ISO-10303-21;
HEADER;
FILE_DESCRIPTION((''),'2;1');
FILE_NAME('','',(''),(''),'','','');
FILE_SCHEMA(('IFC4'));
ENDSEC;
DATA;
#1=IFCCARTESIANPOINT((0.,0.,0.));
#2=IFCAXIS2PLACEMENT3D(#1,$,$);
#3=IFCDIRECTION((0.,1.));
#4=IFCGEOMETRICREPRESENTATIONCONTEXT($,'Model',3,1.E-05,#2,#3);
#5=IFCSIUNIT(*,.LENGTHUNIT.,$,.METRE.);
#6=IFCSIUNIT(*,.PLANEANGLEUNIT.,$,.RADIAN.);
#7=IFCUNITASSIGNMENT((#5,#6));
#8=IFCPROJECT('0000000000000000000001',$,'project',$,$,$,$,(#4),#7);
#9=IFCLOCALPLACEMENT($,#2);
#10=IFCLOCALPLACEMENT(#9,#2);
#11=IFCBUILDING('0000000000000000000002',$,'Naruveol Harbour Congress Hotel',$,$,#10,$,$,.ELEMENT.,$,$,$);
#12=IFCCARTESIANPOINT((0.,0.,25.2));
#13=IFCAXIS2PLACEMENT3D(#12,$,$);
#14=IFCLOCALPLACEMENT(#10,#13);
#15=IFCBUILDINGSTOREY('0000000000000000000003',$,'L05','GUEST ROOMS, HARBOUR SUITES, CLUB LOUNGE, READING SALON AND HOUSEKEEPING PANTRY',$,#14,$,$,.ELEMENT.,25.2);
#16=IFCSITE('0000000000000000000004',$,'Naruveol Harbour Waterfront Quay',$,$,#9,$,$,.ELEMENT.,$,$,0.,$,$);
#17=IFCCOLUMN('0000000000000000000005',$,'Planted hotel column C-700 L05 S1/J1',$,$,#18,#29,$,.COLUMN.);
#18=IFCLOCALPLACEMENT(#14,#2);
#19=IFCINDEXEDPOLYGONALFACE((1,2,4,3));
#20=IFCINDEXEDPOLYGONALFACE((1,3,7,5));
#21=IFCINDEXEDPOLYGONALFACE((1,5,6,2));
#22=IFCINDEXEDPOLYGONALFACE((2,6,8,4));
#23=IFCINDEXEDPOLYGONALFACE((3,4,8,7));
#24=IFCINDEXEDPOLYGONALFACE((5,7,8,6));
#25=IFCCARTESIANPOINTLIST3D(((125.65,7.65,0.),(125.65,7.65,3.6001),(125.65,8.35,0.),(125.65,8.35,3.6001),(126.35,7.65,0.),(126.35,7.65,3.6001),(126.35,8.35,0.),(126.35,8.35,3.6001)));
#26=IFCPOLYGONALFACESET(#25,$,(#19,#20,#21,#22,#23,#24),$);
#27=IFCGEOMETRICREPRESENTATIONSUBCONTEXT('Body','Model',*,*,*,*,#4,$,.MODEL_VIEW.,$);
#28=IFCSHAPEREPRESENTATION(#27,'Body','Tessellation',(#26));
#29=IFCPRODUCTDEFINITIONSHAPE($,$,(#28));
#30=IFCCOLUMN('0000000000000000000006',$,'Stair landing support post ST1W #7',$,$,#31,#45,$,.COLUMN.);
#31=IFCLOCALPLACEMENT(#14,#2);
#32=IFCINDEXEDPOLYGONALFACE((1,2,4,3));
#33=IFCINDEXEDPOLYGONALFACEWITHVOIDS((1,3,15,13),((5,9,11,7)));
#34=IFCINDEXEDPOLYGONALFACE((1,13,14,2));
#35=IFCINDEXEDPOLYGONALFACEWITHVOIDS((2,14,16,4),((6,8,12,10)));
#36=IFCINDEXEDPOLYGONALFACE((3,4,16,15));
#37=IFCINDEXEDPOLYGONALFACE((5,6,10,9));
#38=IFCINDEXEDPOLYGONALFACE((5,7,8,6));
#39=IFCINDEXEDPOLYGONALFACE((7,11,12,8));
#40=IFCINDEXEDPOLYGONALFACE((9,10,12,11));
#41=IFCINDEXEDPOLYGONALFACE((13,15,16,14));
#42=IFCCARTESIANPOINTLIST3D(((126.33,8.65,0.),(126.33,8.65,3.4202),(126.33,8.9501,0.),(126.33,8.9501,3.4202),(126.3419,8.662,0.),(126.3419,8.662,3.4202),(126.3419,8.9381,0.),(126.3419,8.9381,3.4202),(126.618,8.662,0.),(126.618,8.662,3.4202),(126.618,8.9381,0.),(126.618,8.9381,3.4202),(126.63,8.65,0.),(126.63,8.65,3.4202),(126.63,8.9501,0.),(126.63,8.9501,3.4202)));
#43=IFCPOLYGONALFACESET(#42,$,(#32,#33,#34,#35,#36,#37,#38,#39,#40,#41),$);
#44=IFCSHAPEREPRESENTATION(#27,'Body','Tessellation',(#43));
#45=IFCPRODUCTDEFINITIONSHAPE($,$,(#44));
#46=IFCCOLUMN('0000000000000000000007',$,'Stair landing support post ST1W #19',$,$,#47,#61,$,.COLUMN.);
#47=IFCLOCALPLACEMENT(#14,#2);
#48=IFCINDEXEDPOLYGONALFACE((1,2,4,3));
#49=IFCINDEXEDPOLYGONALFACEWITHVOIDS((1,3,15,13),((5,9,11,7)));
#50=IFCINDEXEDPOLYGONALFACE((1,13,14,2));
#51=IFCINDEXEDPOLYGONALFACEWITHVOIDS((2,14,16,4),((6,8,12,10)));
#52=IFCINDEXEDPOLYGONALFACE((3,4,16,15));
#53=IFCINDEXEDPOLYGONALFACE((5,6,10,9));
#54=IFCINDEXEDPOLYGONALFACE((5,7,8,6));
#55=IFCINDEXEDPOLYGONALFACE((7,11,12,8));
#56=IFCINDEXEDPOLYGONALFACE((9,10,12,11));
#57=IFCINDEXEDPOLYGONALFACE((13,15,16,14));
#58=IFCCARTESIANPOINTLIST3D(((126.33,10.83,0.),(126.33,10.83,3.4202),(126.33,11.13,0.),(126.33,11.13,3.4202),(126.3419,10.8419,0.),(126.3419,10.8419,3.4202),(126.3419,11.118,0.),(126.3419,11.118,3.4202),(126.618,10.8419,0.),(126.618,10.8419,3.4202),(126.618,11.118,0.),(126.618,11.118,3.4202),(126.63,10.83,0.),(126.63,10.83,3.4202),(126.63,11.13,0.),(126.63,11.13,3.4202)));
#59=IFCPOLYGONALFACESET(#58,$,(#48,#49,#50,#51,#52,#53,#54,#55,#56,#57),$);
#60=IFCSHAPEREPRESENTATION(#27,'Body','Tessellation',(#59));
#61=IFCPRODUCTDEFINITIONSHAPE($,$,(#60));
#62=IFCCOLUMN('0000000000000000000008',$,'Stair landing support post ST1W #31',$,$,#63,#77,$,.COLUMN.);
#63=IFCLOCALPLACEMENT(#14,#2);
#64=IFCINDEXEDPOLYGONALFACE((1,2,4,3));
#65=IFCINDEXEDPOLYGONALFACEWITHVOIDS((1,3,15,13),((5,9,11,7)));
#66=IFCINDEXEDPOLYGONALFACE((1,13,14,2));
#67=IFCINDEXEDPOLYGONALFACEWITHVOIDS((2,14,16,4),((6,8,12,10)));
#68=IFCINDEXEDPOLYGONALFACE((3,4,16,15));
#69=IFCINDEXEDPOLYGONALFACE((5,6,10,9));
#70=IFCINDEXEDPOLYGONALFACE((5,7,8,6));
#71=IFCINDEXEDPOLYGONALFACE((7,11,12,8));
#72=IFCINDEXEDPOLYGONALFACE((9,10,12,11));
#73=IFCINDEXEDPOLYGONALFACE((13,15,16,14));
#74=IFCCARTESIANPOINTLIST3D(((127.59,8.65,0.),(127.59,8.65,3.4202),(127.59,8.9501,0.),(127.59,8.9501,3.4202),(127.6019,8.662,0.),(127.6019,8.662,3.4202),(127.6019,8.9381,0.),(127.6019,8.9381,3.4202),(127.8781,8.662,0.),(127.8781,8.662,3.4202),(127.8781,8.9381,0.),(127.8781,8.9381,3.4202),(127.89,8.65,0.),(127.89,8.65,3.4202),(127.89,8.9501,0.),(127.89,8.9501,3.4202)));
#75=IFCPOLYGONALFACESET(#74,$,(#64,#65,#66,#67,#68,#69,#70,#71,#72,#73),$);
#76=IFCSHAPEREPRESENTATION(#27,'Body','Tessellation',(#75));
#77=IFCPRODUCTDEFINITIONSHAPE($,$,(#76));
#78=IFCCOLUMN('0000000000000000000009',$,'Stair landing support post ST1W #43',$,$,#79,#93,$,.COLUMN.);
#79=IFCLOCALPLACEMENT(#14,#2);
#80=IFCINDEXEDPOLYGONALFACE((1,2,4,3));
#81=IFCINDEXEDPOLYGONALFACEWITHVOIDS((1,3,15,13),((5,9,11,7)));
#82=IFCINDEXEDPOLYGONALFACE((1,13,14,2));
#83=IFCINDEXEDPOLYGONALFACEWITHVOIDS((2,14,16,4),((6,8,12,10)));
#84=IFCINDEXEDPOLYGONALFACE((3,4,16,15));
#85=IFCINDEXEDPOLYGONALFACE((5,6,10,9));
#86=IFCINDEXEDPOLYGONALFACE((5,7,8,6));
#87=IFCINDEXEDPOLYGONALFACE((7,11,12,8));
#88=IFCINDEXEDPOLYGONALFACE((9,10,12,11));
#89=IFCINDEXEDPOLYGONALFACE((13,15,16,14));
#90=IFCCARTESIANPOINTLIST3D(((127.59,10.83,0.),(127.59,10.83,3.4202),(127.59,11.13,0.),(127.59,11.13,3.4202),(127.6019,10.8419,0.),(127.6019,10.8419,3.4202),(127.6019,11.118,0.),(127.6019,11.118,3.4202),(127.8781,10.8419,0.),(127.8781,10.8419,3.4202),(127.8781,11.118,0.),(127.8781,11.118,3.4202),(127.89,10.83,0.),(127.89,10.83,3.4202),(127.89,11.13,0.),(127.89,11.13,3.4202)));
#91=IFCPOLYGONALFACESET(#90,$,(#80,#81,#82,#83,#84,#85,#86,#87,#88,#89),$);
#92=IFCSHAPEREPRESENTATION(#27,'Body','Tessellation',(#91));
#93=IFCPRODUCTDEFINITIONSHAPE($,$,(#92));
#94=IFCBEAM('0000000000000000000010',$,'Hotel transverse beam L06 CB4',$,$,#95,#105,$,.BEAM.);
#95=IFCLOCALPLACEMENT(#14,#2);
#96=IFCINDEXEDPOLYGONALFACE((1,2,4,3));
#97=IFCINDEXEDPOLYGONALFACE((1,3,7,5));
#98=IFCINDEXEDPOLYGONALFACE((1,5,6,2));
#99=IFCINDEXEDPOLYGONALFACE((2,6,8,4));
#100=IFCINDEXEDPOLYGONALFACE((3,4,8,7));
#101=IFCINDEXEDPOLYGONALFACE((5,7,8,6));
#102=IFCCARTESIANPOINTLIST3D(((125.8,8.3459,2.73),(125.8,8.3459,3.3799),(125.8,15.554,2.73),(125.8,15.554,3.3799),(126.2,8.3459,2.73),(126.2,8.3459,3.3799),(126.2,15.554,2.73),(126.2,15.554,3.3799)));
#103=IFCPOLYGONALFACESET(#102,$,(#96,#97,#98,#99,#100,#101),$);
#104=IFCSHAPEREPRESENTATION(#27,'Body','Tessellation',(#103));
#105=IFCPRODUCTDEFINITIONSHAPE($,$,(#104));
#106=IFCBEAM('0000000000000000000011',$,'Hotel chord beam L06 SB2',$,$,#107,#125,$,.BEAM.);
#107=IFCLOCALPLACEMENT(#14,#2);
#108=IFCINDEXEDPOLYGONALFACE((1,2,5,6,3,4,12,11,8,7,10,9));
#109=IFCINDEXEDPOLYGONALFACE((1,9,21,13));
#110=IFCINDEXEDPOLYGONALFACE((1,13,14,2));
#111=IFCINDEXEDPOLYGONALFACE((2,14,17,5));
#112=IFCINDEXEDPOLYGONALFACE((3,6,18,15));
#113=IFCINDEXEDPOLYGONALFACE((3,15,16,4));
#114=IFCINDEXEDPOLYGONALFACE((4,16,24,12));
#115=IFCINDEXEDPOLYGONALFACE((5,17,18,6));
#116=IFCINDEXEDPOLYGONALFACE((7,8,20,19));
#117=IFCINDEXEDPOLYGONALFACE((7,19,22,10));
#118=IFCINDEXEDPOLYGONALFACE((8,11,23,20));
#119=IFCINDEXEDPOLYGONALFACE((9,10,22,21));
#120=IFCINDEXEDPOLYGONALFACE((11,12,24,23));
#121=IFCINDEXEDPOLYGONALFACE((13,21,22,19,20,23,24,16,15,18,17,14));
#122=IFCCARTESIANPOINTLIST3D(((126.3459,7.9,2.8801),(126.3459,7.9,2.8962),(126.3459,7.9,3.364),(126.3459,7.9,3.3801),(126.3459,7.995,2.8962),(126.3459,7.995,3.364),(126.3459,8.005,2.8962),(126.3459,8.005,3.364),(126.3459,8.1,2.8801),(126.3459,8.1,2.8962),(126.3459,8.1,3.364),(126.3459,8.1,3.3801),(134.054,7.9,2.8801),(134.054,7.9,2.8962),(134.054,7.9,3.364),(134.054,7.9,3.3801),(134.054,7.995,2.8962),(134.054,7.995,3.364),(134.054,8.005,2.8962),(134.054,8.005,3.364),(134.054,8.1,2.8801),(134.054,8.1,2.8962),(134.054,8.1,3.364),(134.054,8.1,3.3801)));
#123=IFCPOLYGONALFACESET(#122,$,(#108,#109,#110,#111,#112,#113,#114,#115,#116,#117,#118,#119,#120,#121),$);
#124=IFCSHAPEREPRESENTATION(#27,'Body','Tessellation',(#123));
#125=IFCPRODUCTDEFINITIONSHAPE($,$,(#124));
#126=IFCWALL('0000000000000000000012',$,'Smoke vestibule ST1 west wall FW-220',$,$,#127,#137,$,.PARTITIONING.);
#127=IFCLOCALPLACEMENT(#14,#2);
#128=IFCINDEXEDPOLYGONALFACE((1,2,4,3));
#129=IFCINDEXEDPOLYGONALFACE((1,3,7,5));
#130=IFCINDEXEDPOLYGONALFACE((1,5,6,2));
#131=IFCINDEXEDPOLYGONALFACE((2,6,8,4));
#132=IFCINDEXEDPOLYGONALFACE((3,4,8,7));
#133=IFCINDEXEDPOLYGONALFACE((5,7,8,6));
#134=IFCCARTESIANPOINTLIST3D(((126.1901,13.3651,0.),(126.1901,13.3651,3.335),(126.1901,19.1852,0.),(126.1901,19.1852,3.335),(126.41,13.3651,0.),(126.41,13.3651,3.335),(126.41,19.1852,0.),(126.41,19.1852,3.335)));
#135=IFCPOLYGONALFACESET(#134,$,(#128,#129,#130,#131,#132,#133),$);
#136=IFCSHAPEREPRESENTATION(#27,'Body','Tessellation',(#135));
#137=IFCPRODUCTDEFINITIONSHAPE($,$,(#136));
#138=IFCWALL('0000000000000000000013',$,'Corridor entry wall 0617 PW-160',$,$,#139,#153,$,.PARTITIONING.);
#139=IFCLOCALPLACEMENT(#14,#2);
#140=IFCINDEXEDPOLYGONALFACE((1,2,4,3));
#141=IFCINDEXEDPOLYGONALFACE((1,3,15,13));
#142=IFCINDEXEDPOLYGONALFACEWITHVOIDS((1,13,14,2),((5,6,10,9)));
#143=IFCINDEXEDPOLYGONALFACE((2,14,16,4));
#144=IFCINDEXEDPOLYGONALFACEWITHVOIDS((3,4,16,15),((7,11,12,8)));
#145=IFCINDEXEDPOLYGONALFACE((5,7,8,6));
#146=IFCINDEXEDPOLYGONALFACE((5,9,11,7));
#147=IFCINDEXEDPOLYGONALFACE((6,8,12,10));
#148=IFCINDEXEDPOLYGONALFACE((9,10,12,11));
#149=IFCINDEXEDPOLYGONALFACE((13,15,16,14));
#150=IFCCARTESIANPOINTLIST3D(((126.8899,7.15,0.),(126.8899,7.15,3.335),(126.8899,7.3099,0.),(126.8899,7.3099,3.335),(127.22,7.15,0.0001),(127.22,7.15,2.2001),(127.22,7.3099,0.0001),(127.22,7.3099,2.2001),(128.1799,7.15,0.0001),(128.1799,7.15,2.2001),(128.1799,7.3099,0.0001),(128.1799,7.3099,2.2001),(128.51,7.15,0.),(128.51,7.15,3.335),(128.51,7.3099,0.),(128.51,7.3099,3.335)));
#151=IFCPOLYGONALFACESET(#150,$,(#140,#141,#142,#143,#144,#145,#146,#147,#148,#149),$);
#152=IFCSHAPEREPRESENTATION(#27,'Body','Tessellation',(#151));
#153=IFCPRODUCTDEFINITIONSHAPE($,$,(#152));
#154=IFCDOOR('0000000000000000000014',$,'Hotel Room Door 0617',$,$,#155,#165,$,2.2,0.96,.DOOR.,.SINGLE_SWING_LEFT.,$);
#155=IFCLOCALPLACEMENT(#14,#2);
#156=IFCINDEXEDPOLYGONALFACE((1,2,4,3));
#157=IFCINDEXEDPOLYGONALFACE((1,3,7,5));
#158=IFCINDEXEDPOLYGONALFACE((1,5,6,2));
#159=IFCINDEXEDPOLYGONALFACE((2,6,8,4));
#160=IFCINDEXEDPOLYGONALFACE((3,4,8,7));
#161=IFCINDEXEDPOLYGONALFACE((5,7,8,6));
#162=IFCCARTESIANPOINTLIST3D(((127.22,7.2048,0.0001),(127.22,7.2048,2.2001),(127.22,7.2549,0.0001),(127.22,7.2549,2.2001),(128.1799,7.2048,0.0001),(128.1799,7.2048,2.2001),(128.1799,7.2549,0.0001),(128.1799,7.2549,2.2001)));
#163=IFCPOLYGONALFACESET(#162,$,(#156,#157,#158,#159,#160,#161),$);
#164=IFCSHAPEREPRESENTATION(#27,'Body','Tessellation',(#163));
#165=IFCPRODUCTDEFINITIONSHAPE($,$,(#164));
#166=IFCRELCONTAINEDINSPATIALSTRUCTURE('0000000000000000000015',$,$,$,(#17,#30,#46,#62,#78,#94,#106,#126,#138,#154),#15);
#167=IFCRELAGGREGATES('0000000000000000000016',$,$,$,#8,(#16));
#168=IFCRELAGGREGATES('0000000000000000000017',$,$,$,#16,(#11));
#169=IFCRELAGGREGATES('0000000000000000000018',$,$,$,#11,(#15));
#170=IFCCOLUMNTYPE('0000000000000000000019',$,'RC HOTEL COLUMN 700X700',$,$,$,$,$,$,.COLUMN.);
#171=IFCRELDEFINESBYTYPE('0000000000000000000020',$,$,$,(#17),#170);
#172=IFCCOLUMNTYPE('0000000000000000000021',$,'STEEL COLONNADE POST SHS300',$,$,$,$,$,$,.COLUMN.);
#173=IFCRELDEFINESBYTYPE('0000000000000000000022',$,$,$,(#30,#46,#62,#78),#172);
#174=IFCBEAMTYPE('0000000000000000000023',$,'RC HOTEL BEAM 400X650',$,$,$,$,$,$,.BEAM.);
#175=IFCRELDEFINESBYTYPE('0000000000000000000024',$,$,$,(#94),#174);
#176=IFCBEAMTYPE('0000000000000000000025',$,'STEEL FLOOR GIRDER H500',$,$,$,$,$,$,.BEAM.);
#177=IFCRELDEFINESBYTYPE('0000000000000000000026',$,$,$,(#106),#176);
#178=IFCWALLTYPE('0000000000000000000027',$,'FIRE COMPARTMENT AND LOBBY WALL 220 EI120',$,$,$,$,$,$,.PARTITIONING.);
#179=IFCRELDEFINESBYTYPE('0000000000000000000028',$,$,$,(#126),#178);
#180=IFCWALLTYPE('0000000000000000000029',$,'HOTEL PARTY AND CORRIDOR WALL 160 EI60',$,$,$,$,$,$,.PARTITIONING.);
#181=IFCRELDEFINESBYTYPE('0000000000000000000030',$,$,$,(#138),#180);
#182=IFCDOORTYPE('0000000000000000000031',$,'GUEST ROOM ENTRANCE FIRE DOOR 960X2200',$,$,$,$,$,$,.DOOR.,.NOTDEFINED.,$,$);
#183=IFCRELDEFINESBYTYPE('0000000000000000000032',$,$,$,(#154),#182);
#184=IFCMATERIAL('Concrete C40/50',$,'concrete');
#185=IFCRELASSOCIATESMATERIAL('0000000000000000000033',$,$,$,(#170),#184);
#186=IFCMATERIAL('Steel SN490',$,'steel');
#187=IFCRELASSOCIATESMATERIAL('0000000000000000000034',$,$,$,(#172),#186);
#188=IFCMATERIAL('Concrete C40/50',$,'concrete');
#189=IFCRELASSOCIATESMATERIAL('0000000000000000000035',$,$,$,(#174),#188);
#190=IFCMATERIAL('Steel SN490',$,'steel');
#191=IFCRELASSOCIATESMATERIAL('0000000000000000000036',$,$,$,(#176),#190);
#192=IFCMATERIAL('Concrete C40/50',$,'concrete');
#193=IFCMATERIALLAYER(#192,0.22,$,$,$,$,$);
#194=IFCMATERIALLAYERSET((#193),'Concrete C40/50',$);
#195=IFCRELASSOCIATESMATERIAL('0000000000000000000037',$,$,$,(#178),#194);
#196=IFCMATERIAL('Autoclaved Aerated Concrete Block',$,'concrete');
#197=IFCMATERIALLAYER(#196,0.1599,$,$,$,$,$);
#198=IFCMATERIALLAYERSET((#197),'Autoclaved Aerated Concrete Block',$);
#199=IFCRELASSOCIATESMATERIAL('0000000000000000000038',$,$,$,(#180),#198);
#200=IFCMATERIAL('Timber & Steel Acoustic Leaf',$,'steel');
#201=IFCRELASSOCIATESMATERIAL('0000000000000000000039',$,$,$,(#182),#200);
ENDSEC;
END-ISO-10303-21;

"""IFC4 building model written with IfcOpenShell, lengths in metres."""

from ifc_helpers import new_model, si_unit, direction, frame, frame_2d, origin, origin_2d, place, context, subcontext, project, spatial, rectangle, hollow_rectangle, i_section, extrude, material, layer, layer_set, material_profile, profile_set, type_object, element, fill, save


model = new_model("IFC4")

# Units and contexts
model_context = context("Model", 3, precision=1e-05, world=origin(), true_north=direction((0.0, 1.0)))
body_context = subcontext(model_context, "Body", "Model", "MODEL_VIEW")
ifc_project = project(units=[si_unit("LENGTHUNIT", "METRE"), si_unit("PLANEANGLEUNIT", "RADIAN")], contexts=[model_context])

# Site, building, storey
site_placement = place(None, origin())
site = spatial("IfcSite", under=ifc_project, at=site_placement, Name="Naruveol Harbour Waterfront Quay", CompositionType="ELEMENT", RefElevation=0.0)
building_placement = place(site_placement, origin())
building = spatial("IfcBuilding", under=site, at=building_placement, Name="Naruveol Harbour Congress Hotel", CompositionType="ELEMENT")
storey_placement = place(building_placement, frame((0.0, 0.0, 25.2)))
storey = spatial("IfcBuildingStorey", under=building, at=storey_placement, Name="L05", Description="GUEST ROOMS, HARBOUR SUITES, CLUB LOUNGE, READING SALON AND HOUSEKEEPING PANTRY", CompositionType="ELEMENT", Elevation=25.2)

# Columns
ifc_material_1 = material(Name="Concrete C40/50", Category="concrete")
ifc_material_profile_1 = material_profile(ifc_material_1, rectangle(XDim=0.7, YDim=0.7, at=origin_2d()), Name="RC-700x700")
ifc_profile_set_1 = profile_set([ifc_material_profile_1], Name="Concrete C40/50")
column_type_1 = type_object("IfcColumnType", Name="RC HOTEL COLUMN 700X700", PredefinedType="COLUMN", material=ifc_profile_set_1)
column_placement = place(storey_placement, frame((126.0, 8.0, 0.0), z_axis=(0.0, 0.0, 1.0), x_axis=(1.0, 0.0, 0.0)))
element("IfcColumn", 1, at=column_placement, inside=storey, type_object=column_type_1, Name="Planted hotel column C-700 L05 S1/J1", PredefinedType="COLUMN", context=body_context, shape_type="SweptSolid", body=[
    extrude(rectangle(XDim=0.7, YDim=0.7, at=origin_2d()), origin(), (0.0, 0.0, 1.0), 3.6001),
])
ifc_material_2 = material(Name="Steel SN490", Category="steel")
ifc_material_profile_2 = material_profile(ifc_material_2, hollow_rectangle(XDim=0.3, YDim=0.3, WallThickness=0.012, at=origin_2d()), Name="SHS-300x300x12")
ifc_profile_set_2 = profile_set([ifc_material_profile_2], Name="Steel SN490")
column_type_2 = type_object("IfcColumnType", Name="STEEL COLONNADE POST SHS300", PredefinedType="COLUMN", material=ifc_profile_set_2)
for number, where, z_axis, x_axis, name in (
    (2, (126.48, 8.8, 0.0), (0.0, 0.0, 1.0), (1.0, 0.0, 0.0), "Stair landing support post ST1W #7"),
    (3, (126.48, 10.98, 0.0), (0.0, 0.0, 1.0), (1.0, 0.0, 0.0), "Stair landing support post ST1W #19"),
    (4, (127.74, 8.8, 0.0), (0.0, 0.0, 1.0), (1.0, 0.0, 0.0), "Stair landing support post ST1W #31"),
    (5, (127.74, 10.98, 0.0), (0.0, 0.0, 1.0), (1.0, 0.0, 0.0), "Stair landing support post ST1W #43"),
):
    element("IfcColumn", number, at=place(storey_placement, frame(where, z_axis=z_axis, x_axis=x_axis)), inside=storey, type_object=column_type_2, Name=name, PredefinedType="COLUMN", context=body_context, shape_type="SweptSolid", body=[
        extrude(hollow_rectangle(XDim=0.3, YDim=0.3, WallThickness=0.012, at=origin_2d()), origin(), (0.0, 0.0, 1.0), 3.4202),
    ])

# Beams
ifc_material_3 = material(Name="Concrete C40/50", Category="concrete")
ifc_material_profile_3 = material_profile(ifc_material_3, rectangle(XDim=0.3999, YDim=0.6499, at=origin_2d()), Name="RCB-400x650")
ifc_profile_set_3 = profile_set([ifc_material_profile_3], Name="Concrete C40/50")
beam_type_1 = type_object("IfcBeamType", Name="RC HOTEL BEAM 400X650", PredefinedType="BEAM", material=ifc_profile_set_3)
beam_1_placement = place(storey_placement, frame((126.0, 8.3459, 3.0549), z_axis=(0.0, 1.0, 0.0), x_axis=(-1.0, 0.0, 0.0)))
element("IfcBeam", 6, at=beam_1_placement, inside=storey, type_object=beam_type_1, Name="Hotel transverse beam L06 CB4", PredefinedType="BEAM", context=body_context, shape_type="SweptSolid", body=[
    extrude(rectangle(XDim=0.3999, YDim=0.6499, at=origin_2d()), origin(), (0.0, 0.0, 1.0), 7.208),
])
ifc_material_4 = material(Name="Steel SN490", Category="steel")
ifc_material_profile_4 = material_profile(ifc_material_4, i_section(OverallWidth=0.2, OverallDepth=0.5, WebThickness=0.01, FlangeThickness=0.0161, at=origin_2d()), Name="H-500x200x10x16")
ifc_profile_set_4 = profile_set([ifc_material_profile_4], Name="Steel SN490")
beam_type_2 = type_object("IfcBeamType", Name="STEEL FLOOR GIRDER H500", PredefinedType="BEAM", material=ifc_profile_set_4)
beam_2_placement = place(storey_placement, frame((126.3459, 8.0, 3.1301), z_axis=(1.0, 0.0, 0.0), x_axis=(0.0, 1.0, 0.0)))
element("IfcBeam", 7, at=beam_2_placement, inside=storey, type_object=beam_type_2, Name="Hotel chord beam L06 SB2", PredefinedType="BEAM", context=body_context, shape_type="SweptSolid", body=[
    extrude(i_section(OverallWidth=0.2, OverallDepth=0.5, WebThickness=0.01, FlangeThickness=0.0161, at=origin_2d()), origin(), (0.0, 0.0, 1.0), 7.708),
])

# Wall
ifc_material_5 = material(Name="Concrete C40/50", Category="concrete")
ifc_layer_1 = layer(ifc_material_5, 0.22)
ifc_layer_set_1 = layer_set([ifc_layer_1], Name="Concrete C40/50")
wall_type_1 = type_object("IfcWallType", Name="FIRE COMPARTMENT AND LOBBY WALL 220 EI120", PredefinedType="PARTITIONING", material=ifc_layer_set_1)
wall_1_placement = place(storey_placement, frame((126.3, 13.365, 0.0), z_axis=(0.0, 0.0, 1.0), x_axis=(0.0, 1.0, 0.0)))
element("IfcWall", 8, at=wall_1_placement, inside=storey, type_object=wall_type_1, Name="Smoke vestibule ST1 west wall FW-220", PredefinedType="PARTITIONING", context=body_context, shape_type="SweptSolid", body=[
    extrude(rectangle(XDim=5.8201, YDim=0.22, at=frame_2d((2.9102, 0.0))), origin(), (0.0, 0.0, 1.0), 3.335),
])

# Wall, opening, door
ifc_material_6 = material(Name="Autoclaved Aerated Concrete Block", Category="concrete")
ifc_layer_2 = layer(ifc_material_6, 0.1599)
ifc_layer_set_2 = layer_set([ifc_layer_2], Name="Autoclaved Aerated Concrete Block")
wall_type_2 = type_object("IfcWallType", Name="HOTEL PARTY AND CORRIDOR WALL 160 EI60", PredefinedType="PARTITIONING", material=ifc_layer_set_2)
wall_2_placement = place(storey_placement, frame((126.8899, 7.23, 0.0), z_axis=(0.0, 0.0, 1.0), x_axis=(1.0, 0.0, 0.0)))
wall_2 = element("IfcWall", 9, at=wall_2_placement, inside=storey, type_object=wall_type_2, Name="Corridor entry wall 0617 PW-160", PredefinedType="PARTITIONING", context=body_context, shape_type="SweptSolid", body=[
    extrude(rectangle(XDim=1.6201, YDim=0.1599, at=frame_2d((0.8101, 0.0))), origin(), (0.0, 0.0, 1.0), 3.335),
])
opening_1_placement = place(wall_2_placement, frame((0.3301, 0.0, 0.0)))
opening_1 = element("IfcOpeningElement", 10, at=opening_1_placement, cuts=wall_2, PredefinedType="OPENING", context=body_context, shape_type="SweptSolid", body=[
    extrude(rectangle(XDim=0.96, YDim=2.2, at=frame_2d((0.48, 1.1001))), frame((0.0, 0.0898, 0.0), z_axis=(0.0, -1.0, 0.0), x_axis=(1.0, 0.0, 0.0)), (0.0, 0.0, 1.0), 0.1799),
])
ifc_material_7 = material(Name="Timber & Steel Acoustic Leaf", Category="steel")
door_type_1 = type_object("IfcDoorType", Name="GUEST ROOM ENTRANCE FIRE DOOR 960X2200", OperationType="NOTDEFINED", PredefinedType="DOOR", material=ifc_material_7)
door_1_placement = place(opening_1_placement, origin())
door_1 = element("IfcDoor", 11, at=door_1_placement, inside=storey, type_object=door_type_1, Name="Hotel Room Door 0617", OperationType="SINGLE_SWING_LEFT", OverallHeight=2.2, OverallWidth=0.96, PredefinedType="DOOR", context=body_context, shape_type="SweptSolid", body=[
    extrude(rectangle(XDim=0.96, YDim=2.2, at=frame_2d((0.48, 1.1001))), frame((0.0, 0.0249, 0.0), z_axis=(0.0, -1.0, 0.0), x_axis=(1.0, 0.0, 0.0)), (0.0, 0.0, 1.0), 0.05),
])
fill(opening_1, door_1)

save(model, "model.ifc")
